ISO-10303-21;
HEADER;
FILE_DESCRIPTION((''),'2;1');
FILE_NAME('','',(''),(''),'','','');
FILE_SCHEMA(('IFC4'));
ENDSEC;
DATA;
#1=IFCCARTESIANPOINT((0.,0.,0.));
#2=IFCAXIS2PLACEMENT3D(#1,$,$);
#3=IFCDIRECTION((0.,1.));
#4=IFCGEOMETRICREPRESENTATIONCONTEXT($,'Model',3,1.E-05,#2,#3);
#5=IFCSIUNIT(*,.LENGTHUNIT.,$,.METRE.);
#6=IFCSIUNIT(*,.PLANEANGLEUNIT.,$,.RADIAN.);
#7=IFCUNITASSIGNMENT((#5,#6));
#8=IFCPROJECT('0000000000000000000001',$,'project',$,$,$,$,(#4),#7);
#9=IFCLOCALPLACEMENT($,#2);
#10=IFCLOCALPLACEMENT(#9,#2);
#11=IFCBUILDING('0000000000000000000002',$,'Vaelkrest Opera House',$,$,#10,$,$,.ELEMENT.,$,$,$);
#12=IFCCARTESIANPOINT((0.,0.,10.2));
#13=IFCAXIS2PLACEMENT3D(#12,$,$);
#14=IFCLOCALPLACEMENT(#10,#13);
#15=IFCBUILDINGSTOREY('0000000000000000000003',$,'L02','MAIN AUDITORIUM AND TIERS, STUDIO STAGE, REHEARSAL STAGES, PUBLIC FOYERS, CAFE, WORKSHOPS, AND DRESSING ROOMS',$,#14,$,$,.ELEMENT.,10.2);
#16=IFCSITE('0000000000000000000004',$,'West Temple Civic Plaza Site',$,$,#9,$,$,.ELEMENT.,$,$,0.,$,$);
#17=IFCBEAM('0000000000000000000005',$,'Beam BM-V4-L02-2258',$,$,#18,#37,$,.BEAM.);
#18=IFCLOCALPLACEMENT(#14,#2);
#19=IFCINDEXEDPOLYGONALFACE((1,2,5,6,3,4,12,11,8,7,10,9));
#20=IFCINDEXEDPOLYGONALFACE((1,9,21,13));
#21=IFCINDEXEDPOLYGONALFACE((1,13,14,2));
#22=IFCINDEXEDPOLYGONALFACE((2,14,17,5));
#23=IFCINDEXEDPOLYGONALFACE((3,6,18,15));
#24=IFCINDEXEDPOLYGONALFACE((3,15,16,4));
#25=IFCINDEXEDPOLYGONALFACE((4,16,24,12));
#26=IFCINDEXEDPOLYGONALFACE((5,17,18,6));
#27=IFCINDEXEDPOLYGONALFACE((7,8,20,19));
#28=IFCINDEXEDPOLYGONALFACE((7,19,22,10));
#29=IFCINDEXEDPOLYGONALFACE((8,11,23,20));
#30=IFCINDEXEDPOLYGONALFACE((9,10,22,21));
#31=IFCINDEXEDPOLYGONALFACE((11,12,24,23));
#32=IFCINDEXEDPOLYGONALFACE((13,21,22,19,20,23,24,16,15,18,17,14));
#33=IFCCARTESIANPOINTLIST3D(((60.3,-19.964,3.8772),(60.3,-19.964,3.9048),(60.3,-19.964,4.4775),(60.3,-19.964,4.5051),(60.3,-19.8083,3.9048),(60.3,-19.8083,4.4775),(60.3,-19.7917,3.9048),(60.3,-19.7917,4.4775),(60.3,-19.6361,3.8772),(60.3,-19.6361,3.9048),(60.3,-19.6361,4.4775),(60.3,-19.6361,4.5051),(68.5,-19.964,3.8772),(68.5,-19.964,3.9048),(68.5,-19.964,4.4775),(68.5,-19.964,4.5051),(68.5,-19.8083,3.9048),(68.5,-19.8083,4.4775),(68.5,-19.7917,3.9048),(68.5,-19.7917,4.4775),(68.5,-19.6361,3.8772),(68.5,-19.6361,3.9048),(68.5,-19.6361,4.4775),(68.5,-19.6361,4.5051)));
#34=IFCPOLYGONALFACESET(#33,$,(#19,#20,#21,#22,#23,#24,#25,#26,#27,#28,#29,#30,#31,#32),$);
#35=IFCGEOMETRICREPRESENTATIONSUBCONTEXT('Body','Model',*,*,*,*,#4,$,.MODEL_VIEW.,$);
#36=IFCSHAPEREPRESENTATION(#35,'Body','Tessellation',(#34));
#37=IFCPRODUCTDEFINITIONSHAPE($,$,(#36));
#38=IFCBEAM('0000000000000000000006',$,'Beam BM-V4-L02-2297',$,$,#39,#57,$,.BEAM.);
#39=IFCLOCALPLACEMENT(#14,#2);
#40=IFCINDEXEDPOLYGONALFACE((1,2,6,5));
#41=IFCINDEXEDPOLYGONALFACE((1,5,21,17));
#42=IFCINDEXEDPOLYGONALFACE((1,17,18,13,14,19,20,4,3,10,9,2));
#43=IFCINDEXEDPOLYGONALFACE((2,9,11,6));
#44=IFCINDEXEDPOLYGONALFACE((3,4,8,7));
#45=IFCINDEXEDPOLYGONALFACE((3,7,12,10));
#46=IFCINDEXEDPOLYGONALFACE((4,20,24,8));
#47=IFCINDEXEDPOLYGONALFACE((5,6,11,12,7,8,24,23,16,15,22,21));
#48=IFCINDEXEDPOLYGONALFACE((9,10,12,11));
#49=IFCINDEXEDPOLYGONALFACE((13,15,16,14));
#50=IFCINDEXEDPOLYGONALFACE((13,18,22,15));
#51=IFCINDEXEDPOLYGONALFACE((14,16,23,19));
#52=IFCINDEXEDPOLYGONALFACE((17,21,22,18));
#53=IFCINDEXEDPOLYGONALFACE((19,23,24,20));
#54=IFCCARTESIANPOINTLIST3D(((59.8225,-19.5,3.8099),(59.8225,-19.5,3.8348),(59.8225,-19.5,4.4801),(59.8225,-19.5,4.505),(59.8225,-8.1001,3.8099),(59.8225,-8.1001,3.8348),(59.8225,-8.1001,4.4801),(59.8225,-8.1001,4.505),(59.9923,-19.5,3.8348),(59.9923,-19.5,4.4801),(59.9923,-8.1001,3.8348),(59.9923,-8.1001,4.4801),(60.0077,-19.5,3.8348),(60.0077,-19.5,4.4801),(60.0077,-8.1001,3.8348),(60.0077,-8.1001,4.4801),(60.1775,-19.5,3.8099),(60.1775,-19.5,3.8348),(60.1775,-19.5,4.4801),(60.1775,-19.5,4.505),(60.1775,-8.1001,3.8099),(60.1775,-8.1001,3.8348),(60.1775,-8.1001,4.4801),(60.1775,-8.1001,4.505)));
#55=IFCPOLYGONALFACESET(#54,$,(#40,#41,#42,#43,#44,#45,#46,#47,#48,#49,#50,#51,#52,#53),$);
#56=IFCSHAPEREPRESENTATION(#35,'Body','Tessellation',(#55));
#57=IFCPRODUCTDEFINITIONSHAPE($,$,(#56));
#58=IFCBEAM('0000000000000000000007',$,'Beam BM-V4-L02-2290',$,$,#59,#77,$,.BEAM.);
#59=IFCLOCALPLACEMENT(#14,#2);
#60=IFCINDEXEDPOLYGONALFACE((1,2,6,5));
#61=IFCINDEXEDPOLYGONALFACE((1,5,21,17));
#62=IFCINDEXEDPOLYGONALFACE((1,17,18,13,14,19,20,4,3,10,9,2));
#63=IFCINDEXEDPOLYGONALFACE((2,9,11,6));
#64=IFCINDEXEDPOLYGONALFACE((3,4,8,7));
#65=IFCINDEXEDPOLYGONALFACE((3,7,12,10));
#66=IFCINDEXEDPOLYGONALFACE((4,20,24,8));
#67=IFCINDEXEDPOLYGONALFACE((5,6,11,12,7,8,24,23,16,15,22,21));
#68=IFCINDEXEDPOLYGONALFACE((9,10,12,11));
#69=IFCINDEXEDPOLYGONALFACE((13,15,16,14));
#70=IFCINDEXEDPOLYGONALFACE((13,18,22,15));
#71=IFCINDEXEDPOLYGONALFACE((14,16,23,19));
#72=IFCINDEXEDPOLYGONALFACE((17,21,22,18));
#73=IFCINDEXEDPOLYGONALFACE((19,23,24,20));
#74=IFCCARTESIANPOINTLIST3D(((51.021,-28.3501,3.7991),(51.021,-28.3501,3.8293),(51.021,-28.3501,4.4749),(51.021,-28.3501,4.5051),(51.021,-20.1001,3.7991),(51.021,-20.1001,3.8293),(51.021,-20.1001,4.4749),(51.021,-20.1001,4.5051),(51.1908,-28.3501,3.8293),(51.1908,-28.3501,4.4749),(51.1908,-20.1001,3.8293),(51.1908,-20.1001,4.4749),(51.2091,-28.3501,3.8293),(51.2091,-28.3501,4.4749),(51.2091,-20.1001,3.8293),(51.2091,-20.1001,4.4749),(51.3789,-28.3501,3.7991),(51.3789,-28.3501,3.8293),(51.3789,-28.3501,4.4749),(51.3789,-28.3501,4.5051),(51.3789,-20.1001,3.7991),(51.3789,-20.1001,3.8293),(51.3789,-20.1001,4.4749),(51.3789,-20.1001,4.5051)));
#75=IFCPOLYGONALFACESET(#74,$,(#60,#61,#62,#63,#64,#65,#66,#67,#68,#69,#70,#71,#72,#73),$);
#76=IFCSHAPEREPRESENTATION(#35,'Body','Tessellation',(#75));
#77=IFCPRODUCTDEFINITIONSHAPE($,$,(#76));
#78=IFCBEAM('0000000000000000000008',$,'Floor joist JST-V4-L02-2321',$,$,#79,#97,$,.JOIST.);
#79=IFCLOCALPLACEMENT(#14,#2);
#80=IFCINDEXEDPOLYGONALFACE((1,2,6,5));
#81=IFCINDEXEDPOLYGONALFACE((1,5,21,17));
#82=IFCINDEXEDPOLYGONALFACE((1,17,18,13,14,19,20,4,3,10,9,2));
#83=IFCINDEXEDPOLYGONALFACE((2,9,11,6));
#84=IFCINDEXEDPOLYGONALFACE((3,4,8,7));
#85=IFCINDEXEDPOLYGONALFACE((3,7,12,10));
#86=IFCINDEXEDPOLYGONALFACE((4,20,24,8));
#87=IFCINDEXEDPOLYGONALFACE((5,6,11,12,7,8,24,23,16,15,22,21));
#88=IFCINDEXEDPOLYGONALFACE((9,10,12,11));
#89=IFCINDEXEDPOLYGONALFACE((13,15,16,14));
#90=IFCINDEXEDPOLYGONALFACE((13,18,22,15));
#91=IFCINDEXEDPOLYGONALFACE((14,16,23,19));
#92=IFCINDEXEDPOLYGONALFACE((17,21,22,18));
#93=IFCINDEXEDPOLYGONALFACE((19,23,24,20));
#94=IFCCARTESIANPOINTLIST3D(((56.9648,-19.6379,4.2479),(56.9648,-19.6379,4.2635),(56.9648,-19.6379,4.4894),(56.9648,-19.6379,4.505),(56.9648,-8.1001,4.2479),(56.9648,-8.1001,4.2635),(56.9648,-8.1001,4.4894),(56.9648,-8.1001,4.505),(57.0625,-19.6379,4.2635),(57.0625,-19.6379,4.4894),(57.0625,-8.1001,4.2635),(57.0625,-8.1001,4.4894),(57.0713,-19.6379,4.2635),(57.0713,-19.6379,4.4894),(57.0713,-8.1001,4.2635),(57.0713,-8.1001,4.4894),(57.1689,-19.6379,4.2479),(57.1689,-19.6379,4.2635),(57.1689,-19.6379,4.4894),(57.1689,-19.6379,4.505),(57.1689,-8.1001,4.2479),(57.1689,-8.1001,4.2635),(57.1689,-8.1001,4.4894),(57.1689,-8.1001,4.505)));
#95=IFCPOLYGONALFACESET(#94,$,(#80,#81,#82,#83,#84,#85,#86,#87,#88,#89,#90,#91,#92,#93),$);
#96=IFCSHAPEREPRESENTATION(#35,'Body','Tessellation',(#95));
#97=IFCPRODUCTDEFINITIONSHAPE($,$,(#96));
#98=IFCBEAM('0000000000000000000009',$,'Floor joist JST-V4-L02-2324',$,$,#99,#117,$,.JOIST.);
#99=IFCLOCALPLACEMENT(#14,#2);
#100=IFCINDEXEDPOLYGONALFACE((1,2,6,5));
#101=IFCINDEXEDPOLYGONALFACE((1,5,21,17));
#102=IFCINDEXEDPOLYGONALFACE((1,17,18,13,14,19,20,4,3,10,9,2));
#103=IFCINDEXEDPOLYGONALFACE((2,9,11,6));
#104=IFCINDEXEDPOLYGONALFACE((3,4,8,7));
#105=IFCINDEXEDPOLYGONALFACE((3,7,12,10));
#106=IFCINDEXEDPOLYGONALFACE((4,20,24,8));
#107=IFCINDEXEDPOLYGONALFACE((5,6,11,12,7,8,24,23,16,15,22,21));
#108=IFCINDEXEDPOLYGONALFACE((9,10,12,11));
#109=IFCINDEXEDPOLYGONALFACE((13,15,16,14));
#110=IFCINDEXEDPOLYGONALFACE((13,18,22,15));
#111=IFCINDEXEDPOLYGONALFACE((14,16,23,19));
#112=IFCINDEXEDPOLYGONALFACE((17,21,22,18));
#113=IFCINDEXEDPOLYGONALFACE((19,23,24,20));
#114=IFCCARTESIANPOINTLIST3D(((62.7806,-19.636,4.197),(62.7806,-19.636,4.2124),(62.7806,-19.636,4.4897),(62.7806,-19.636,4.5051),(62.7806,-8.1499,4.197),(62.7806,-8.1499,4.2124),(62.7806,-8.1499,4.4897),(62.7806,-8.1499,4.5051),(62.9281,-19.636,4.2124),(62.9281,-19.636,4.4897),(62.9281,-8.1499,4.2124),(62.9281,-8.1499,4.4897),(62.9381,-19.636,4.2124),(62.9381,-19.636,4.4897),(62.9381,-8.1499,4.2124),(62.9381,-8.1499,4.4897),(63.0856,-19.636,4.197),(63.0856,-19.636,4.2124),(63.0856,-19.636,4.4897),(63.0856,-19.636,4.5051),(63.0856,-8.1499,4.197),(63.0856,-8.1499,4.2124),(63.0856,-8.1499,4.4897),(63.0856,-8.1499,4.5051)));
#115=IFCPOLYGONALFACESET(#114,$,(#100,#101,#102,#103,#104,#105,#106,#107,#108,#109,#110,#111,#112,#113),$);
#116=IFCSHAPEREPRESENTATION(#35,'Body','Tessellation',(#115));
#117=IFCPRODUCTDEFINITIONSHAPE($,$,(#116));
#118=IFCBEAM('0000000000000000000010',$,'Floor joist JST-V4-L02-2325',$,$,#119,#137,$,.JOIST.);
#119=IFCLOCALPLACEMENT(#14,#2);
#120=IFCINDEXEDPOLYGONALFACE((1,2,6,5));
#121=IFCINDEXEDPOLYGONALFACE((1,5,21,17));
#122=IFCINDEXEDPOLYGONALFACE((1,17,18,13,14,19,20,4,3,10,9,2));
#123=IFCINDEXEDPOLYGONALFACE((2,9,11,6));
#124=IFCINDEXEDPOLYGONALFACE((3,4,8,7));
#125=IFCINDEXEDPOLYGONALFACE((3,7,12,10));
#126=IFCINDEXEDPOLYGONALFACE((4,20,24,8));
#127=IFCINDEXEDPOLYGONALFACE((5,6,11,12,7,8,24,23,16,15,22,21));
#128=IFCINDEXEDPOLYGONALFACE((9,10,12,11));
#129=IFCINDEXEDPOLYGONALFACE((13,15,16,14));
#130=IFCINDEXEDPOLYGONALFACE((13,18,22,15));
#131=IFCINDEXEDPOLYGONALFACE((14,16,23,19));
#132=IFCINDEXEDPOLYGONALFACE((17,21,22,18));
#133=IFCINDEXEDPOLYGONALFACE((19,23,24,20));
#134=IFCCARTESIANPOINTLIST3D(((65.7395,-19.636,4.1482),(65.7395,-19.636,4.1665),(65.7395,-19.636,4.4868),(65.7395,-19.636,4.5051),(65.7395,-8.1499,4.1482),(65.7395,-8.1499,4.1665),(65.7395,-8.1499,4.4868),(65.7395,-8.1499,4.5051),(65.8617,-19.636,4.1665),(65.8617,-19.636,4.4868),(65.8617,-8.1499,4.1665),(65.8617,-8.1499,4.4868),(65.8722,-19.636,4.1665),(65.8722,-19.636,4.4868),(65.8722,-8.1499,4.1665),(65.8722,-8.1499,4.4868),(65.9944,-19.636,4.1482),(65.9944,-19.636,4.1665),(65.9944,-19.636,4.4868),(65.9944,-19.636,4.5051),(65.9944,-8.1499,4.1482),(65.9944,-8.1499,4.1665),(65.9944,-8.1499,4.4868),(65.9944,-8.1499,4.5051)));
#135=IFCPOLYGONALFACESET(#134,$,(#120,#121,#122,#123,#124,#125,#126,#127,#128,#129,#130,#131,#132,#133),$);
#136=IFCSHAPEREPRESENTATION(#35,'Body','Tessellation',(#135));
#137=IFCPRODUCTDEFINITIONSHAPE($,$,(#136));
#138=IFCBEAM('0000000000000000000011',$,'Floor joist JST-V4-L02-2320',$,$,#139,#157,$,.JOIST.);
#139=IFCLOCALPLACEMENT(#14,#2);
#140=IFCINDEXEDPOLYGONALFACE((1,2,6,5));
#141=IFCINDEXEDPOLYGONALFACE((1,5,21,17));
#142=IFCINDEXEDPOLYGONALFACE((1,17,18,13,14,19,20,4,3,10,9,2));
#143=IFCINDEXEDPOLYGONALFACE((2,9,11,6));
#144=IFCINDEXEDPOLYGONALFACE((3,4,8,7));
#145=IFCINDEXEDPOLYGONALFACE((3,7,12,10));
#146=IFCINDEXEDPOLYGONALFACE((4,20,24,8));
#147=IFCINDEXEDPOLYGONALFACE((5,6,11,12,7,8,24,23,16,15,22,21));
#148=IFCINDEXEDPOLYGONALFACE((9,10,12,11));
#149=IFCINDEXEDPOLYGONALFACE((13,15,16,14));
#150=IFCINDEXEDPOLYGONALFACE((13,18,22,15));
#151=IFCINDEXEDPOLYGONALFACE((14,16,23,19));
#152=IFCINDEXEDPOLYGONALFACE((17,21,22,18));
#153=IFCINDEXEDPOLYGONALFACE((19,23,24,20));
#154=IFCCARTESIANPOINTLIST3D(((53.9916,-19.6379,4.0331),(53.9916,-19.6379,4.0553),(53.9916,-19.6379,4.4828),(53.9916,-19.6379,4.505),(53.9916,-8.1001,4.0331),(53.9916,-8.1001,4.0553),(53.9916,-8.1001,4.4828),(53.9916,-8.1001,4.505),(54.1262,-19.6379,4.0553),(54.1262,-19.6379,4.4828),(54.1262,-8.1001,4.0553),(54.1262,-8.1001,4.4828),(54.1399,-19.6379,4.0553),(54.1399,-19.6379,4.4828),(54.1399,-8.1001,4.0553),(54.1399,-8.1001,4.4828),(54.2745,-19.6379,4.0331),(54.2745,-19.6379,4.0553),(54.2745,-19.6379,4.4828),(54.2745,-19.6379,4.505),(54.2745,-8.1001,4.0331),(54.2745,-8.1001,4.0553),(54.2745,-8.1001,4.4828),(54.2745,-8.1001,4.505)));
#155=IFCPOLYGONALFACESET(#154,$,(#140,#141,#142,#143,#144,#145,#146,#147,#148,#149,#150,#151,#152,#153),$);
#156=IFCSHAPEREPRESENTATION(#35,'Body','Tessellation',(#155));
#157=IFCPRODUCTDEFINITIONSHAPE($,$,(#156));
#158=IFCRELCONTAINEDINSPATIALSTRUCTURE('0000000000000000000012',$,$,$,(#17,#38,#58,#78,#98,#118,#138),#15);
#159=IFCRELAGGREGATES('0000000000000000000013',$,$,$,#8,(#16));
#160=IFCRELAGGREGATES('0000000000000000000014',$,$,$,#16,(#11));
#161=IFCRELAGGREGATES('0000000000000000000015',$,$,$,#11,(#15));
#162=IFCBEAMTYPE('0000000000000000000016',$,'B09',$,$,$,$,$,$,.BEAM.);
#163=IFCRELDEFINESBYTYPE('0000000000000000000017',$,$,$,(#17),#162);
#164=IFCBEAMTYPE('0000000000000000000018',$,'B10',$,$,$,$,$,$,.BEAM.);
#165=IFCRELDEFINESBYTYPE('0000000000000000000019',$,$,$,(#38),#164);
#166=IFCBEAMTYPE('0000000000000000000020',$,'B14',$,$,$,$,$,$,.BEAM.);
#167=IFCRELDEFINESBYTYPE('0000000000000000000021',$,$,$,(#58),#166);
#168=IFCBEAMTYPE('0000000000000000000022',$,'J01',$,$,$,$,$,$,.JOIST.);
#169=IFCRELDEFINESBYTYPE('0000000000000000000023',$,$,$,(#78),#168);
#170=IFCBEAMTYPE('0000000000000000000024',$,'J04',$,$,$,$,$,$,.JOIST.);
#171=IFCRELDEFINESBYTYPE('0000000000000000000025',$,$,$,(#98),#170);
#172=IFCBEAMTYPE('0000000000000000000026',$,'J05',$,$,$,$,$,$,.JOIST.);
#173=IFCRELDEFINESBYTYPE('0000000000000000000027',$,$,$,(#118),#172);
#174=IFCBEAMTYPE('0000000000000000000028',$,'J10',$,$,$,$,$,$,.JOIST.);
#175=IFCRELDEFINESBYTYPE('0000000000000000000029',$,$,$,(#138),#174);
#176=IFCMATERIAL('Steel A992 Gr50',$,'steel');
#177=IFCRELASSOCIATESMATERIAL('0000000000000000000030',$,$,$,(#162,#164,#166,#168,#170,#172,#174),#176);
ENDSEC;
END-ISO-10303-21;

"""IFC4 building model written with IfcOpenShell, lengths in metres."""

from ifc_helpers import new_model, si_unit, direction, frame, origin, origin_2d, place, context, subcontext, project, spatial, i_section, extrude, material, material_profile, profile_set, type_object, element, save


model = new_model("IFC4")

# Units and contexts
model_context = context("Model", 3, precision=1e-05, world=origin(), true_north=direction((0.0, 1.0)))
body_context = subcontext(model_context, "Body", "Model", "MODEL_VIEW")
ifc_project = project(units=[si_unit("LENGTHUNIT", "METRE"), si_unit("PLANEANGLEUNIT", "RADIAN")], contexts=[model_context])

# Site, building, storey
site_placement = place(None, origin())
site = spatial("IfcSite", under=ifc_project, at=site_placement, Name="West Temple Civic Plaza Site", CompositionType="ELEMENT", RefElevation=0.0)
building_placement = place(site_placement, origin())
building = spatial("IfcBuilding", under=site, at=building_placement, Name="Vaelkrest Opera House", CompositionType="ELEMENT")
storey_placement = place(building_placement, frame((0.0, 0.0, 10.2)))
storey = spatial("IfcBuildingStorey", under=building, at=storey_placement, Name="L02", Description="MAIN AUDITORIUM AND TIERS, STUDIO STAGE, REHEARSAL STAGES, PUBLIC FOYERS, CAFE, WORKSHOPS, AND DRESSING ROOMS", CompositionType="ELEMENT", Elevation=10.2)

# Beams
ifc_material_1 = material(Name="Steel A992 Gr50", Category="steel")
ifc_material_profile_1 = material_profile(ifc_material_1, i_section(OverallWidth=0.3279, OverallDepth=0.6279, WebThickness=0.0166, FlangeThickness=0.0276, at=origin_2d()), Name="W24X146")
ifc_profile_set_1 = profile_set([ifc_material_profile_1], Name="Steel A992 Gr50")
beam_type_1 = type_object("IfcBeamType", Name="B09", PredefinedType="BEAM", material=ifc_profile_set_1)
beam_1_placement = place(storey_placement, frame((60.3, -19.8, 4.1912), z_axis=(1.0, 0.0, 0.0), x_axis=(0.0, 1.0, 0.0)))
element("IfcBeam", 1, at=beam_1_placement, inside=storey, type_object=beam_type_1, Name="Beam BM-V4-L02-2258", PredefinedType="BEAM", context=body_context, shape_type="SweptSolid", body=[
    extrude(i_section(OverallWidth=0.3279, OverallDepth=0.6279, WebThickness=0.0166, FlangeThickness=0.0276, at=origin_2d()), origin(), (0.0, 0.0, 1.0), 8.2),
])
ifc_material_profile_2 = material_profile(ifc_material_1, i_section(OverallWidth=0.355, OverallDepth=0.6951, WebThickness=0.0154, FlangeThickness=0.0249, at=origin_2d()), Name="W27X146")
ifc_profile_set_2 = profile_set([ifc_material_profile_2], Name="Steel A992 Gr50")
beam_type_2 = type_object("IfcBeamType", Name="B10", PredefinedType="BEAM", material=ifc_profile_set_2)
beam_2_placement = place(storey_placement, frame((60.0, -19.5, 4.1575), z_axis=(0.0, 1.0, 0.0), x_axis=(-1.0, 0.0, 0.0)))
element("IfcBeam", 2, at=beam_2_placement, inside=storey, type_object=beam_type_2, Name="Beam BM-V4-L02-2297", PredefinedType="BEAM", context=body_context, shape_type="SweptSolid", body=[
    extrude(i_section(OverallWidth=0.355, OverallDepth=0.6951, WebThickness=0.0154, FlangeThickness=0.0249, at=origin_2d()), origin(), (0.0, 0.0, 1.0), 11.3999),
])
ifc_material_profile_3 = material_profile(ifc_material_1, i_section(OverallWidth=0.3579, OverallDepth=0.7061, WebThickness=0.0183, FlangeThickness=0.0303, at=origin_2d()), Name="W27X178")
ifc_profile_set_3 = profile_set([ifc_material_profile_3], Name="Steel A992 Gr50")
beam_type_3 = type_object("IfcBeamType", Name="B14", PredefinedType="BEAM", material=ifc_profile_set_3)
beam_3_placement = place(storey_placement, frame((51.2, -28.3501, 4.1521), z_axis=(0.0, 1.0, 0.0), x_axis=(-1.0, 0.0, 0.0)))
element("IfcBeam", 3, at=beam_3_placement, inside=storey, type_object=beam_type_3, Name="Beam BM-V4-L02-2290", PredefinedType="BEAM", context=body_context, shape_type="SweptSolid", body=[
    extrude(i_section(OverallWidth=0.3579, OverallDepth=0.7061, WebThickness=0.0183, FlangeThickness=0.0303, at=origin_2d()), origin(), (0.0, 0.0, 1.0), 8.25),
])
ifc_material_profile_4 = material_profile(ifc_material_1, i_section(OverallWidth=0.2041, OverallDepth=0.2571, WebThickness=0.0088, FlangeThickness=0.0156, at=origin_2d()), Name="W10X45")
ifc_profile_set_4 = profile_set([ifc_material_profile_4], Name="Steel A992 Gr50")
beam_type_4 = type_object("IfcBeamType", Name="J01", PredefinedType="JOIST", material=ifc_profile_set_4)
beam_4_placement = place(storey_placement, frame((57.0669, -19.6379, 4.3765), z_axis=(0.0, 1.0, 0.0), x_axis=(-1.0, 0.0, 0.0)))
element("IfcBeam", 4, at=beam_4_placement, inside=storey, type_object=beam_type_4, Name="Floor joist JST-V4-L02-2321", PredefinedType="JOIST", context=body_context, shape_type="SweptSolid", body=[
    extrude(i_section(OverallWidth=0.2041, OverallDepth=0.2571, WebThickness=0.0088, FlangeThickness=0.0156, at=origin_2d()), origin(), (0.0, 0.0, 1.0), 11.5378),
])
ifc_material_profile_5 = material_profile(ifc_material_1, i_section(OverallWidth=0.3049, OverallDepth=0.3081, WebThickness=0.01, FlangeThickness=0.0154, at=origin_2d()), Name="W12X65")
ifc_profile_set_5 = profile_set([ifc_material_profile_5], Name="Steel A992 Gr50")
beam_type_5 = type_object("IfcBeamType", Name="J04", PredefinedType="JOIST", material=ifc_profile_set_5)
beam_5_placement = place(storey_placement, frame((62.9331, -19.636, 4.3511), z_axis=(0.0, 1.0, 0.0), x_axis=(-1.0, 0.0, 0.0)))
element("IfcBeam", 5, at=beam_5_placement, inside=storey, type_object=beam_type_5, Name="Floor joist JST-V4-L02-2324", PredefinedType="JOIST", context=body_context, shape_type="SweptSolid", body=[
    extrude(i_section(OverallWidth=0.3049, OverallDepth=0.3081, WebThickness=0.01, FlangeThickness=0.0154, at=origin_2d()), origin(), (0.0, 0.0, 1.0), 11.4861),
])
ifc_material_profile_6 = material_profile(ifc_material_1, i_section(OverallWidth=0.2549, OverallDepth=0.3569, WebThickness=0.0105, FlangeThickness=0.0183, at=origin_2d()), Name="W14X68")
ifc_profile_set_6 = profile_set([ifc_material_profile_6], Name="Steel A992 Gr50")
beam_type_6 = type_object("IfcBeamType", Name="J05", PredefinedType="JOIST", material=ifc_profile_set_6)
beam_6_placement = place(storey_placement, frame((65.8669, -19.636, 4.3267), z_axis=(0.0, 1.0, 0.0), x_axis=(-1.0, 0.0, 0.0)))
element("IfcBeam", 6, at=beam_6_placement, inside=storey, type_object=beam_type_6, Name="Floor joist JST-V4-L02-2325", PredefinedType="JOIST", context=body_context, shape_type="SweptSolid", body=[
    extrude(i_section(OverallWidth=0.2549, OverallDepth=0.3569, WebThickness=0.0105, FlangeThickness=0.0183, at=origin_2d()), origin(), (0.0, 0.0, 1.0), 11.4861),
])
ifc_material_profile_7 = material_profile(ifc_material_1, i_section(OverallWidth=0.283, OverallDepth=0.4719, WebThickness=0.0137, FlangeThickness=0.0222, at=origin_2d()), Name="W18X97")
ifc_profile_set_7 = profile_set([ifc_material_profile_7], Name="Steel A992 Gr50")
beam_type_7 = type_object("IfcBeamType", Name="J10", PredefinedType="JOIST", material=ifc_profile_set_7)
beam_7_placement = place(storey_placement, frame((54.1331, -19.6379, 4.269), z_axis=(0.0, 1.0, 0.0), x_axis=(-1.0, 0.0, 0.0)))
element("IfcBeam", 7, at=beam_7_placement, inside=storey, type_object=beam_type_7, Name="Floor joist JST-V4-L02-2320", PredefinedType="JOIST", context=body_context, shape_type="SweptSolid", body=[
    extrude(i_section(OverallWidth=0.283, OverallDepth=0.4719, WebThickness=0.0137, FlangeThickness=0.0222, at=origin_2d()), origin(), (0.0, 0.0, 1.0), 11.5378),
])

save(model, "model.ifc")
